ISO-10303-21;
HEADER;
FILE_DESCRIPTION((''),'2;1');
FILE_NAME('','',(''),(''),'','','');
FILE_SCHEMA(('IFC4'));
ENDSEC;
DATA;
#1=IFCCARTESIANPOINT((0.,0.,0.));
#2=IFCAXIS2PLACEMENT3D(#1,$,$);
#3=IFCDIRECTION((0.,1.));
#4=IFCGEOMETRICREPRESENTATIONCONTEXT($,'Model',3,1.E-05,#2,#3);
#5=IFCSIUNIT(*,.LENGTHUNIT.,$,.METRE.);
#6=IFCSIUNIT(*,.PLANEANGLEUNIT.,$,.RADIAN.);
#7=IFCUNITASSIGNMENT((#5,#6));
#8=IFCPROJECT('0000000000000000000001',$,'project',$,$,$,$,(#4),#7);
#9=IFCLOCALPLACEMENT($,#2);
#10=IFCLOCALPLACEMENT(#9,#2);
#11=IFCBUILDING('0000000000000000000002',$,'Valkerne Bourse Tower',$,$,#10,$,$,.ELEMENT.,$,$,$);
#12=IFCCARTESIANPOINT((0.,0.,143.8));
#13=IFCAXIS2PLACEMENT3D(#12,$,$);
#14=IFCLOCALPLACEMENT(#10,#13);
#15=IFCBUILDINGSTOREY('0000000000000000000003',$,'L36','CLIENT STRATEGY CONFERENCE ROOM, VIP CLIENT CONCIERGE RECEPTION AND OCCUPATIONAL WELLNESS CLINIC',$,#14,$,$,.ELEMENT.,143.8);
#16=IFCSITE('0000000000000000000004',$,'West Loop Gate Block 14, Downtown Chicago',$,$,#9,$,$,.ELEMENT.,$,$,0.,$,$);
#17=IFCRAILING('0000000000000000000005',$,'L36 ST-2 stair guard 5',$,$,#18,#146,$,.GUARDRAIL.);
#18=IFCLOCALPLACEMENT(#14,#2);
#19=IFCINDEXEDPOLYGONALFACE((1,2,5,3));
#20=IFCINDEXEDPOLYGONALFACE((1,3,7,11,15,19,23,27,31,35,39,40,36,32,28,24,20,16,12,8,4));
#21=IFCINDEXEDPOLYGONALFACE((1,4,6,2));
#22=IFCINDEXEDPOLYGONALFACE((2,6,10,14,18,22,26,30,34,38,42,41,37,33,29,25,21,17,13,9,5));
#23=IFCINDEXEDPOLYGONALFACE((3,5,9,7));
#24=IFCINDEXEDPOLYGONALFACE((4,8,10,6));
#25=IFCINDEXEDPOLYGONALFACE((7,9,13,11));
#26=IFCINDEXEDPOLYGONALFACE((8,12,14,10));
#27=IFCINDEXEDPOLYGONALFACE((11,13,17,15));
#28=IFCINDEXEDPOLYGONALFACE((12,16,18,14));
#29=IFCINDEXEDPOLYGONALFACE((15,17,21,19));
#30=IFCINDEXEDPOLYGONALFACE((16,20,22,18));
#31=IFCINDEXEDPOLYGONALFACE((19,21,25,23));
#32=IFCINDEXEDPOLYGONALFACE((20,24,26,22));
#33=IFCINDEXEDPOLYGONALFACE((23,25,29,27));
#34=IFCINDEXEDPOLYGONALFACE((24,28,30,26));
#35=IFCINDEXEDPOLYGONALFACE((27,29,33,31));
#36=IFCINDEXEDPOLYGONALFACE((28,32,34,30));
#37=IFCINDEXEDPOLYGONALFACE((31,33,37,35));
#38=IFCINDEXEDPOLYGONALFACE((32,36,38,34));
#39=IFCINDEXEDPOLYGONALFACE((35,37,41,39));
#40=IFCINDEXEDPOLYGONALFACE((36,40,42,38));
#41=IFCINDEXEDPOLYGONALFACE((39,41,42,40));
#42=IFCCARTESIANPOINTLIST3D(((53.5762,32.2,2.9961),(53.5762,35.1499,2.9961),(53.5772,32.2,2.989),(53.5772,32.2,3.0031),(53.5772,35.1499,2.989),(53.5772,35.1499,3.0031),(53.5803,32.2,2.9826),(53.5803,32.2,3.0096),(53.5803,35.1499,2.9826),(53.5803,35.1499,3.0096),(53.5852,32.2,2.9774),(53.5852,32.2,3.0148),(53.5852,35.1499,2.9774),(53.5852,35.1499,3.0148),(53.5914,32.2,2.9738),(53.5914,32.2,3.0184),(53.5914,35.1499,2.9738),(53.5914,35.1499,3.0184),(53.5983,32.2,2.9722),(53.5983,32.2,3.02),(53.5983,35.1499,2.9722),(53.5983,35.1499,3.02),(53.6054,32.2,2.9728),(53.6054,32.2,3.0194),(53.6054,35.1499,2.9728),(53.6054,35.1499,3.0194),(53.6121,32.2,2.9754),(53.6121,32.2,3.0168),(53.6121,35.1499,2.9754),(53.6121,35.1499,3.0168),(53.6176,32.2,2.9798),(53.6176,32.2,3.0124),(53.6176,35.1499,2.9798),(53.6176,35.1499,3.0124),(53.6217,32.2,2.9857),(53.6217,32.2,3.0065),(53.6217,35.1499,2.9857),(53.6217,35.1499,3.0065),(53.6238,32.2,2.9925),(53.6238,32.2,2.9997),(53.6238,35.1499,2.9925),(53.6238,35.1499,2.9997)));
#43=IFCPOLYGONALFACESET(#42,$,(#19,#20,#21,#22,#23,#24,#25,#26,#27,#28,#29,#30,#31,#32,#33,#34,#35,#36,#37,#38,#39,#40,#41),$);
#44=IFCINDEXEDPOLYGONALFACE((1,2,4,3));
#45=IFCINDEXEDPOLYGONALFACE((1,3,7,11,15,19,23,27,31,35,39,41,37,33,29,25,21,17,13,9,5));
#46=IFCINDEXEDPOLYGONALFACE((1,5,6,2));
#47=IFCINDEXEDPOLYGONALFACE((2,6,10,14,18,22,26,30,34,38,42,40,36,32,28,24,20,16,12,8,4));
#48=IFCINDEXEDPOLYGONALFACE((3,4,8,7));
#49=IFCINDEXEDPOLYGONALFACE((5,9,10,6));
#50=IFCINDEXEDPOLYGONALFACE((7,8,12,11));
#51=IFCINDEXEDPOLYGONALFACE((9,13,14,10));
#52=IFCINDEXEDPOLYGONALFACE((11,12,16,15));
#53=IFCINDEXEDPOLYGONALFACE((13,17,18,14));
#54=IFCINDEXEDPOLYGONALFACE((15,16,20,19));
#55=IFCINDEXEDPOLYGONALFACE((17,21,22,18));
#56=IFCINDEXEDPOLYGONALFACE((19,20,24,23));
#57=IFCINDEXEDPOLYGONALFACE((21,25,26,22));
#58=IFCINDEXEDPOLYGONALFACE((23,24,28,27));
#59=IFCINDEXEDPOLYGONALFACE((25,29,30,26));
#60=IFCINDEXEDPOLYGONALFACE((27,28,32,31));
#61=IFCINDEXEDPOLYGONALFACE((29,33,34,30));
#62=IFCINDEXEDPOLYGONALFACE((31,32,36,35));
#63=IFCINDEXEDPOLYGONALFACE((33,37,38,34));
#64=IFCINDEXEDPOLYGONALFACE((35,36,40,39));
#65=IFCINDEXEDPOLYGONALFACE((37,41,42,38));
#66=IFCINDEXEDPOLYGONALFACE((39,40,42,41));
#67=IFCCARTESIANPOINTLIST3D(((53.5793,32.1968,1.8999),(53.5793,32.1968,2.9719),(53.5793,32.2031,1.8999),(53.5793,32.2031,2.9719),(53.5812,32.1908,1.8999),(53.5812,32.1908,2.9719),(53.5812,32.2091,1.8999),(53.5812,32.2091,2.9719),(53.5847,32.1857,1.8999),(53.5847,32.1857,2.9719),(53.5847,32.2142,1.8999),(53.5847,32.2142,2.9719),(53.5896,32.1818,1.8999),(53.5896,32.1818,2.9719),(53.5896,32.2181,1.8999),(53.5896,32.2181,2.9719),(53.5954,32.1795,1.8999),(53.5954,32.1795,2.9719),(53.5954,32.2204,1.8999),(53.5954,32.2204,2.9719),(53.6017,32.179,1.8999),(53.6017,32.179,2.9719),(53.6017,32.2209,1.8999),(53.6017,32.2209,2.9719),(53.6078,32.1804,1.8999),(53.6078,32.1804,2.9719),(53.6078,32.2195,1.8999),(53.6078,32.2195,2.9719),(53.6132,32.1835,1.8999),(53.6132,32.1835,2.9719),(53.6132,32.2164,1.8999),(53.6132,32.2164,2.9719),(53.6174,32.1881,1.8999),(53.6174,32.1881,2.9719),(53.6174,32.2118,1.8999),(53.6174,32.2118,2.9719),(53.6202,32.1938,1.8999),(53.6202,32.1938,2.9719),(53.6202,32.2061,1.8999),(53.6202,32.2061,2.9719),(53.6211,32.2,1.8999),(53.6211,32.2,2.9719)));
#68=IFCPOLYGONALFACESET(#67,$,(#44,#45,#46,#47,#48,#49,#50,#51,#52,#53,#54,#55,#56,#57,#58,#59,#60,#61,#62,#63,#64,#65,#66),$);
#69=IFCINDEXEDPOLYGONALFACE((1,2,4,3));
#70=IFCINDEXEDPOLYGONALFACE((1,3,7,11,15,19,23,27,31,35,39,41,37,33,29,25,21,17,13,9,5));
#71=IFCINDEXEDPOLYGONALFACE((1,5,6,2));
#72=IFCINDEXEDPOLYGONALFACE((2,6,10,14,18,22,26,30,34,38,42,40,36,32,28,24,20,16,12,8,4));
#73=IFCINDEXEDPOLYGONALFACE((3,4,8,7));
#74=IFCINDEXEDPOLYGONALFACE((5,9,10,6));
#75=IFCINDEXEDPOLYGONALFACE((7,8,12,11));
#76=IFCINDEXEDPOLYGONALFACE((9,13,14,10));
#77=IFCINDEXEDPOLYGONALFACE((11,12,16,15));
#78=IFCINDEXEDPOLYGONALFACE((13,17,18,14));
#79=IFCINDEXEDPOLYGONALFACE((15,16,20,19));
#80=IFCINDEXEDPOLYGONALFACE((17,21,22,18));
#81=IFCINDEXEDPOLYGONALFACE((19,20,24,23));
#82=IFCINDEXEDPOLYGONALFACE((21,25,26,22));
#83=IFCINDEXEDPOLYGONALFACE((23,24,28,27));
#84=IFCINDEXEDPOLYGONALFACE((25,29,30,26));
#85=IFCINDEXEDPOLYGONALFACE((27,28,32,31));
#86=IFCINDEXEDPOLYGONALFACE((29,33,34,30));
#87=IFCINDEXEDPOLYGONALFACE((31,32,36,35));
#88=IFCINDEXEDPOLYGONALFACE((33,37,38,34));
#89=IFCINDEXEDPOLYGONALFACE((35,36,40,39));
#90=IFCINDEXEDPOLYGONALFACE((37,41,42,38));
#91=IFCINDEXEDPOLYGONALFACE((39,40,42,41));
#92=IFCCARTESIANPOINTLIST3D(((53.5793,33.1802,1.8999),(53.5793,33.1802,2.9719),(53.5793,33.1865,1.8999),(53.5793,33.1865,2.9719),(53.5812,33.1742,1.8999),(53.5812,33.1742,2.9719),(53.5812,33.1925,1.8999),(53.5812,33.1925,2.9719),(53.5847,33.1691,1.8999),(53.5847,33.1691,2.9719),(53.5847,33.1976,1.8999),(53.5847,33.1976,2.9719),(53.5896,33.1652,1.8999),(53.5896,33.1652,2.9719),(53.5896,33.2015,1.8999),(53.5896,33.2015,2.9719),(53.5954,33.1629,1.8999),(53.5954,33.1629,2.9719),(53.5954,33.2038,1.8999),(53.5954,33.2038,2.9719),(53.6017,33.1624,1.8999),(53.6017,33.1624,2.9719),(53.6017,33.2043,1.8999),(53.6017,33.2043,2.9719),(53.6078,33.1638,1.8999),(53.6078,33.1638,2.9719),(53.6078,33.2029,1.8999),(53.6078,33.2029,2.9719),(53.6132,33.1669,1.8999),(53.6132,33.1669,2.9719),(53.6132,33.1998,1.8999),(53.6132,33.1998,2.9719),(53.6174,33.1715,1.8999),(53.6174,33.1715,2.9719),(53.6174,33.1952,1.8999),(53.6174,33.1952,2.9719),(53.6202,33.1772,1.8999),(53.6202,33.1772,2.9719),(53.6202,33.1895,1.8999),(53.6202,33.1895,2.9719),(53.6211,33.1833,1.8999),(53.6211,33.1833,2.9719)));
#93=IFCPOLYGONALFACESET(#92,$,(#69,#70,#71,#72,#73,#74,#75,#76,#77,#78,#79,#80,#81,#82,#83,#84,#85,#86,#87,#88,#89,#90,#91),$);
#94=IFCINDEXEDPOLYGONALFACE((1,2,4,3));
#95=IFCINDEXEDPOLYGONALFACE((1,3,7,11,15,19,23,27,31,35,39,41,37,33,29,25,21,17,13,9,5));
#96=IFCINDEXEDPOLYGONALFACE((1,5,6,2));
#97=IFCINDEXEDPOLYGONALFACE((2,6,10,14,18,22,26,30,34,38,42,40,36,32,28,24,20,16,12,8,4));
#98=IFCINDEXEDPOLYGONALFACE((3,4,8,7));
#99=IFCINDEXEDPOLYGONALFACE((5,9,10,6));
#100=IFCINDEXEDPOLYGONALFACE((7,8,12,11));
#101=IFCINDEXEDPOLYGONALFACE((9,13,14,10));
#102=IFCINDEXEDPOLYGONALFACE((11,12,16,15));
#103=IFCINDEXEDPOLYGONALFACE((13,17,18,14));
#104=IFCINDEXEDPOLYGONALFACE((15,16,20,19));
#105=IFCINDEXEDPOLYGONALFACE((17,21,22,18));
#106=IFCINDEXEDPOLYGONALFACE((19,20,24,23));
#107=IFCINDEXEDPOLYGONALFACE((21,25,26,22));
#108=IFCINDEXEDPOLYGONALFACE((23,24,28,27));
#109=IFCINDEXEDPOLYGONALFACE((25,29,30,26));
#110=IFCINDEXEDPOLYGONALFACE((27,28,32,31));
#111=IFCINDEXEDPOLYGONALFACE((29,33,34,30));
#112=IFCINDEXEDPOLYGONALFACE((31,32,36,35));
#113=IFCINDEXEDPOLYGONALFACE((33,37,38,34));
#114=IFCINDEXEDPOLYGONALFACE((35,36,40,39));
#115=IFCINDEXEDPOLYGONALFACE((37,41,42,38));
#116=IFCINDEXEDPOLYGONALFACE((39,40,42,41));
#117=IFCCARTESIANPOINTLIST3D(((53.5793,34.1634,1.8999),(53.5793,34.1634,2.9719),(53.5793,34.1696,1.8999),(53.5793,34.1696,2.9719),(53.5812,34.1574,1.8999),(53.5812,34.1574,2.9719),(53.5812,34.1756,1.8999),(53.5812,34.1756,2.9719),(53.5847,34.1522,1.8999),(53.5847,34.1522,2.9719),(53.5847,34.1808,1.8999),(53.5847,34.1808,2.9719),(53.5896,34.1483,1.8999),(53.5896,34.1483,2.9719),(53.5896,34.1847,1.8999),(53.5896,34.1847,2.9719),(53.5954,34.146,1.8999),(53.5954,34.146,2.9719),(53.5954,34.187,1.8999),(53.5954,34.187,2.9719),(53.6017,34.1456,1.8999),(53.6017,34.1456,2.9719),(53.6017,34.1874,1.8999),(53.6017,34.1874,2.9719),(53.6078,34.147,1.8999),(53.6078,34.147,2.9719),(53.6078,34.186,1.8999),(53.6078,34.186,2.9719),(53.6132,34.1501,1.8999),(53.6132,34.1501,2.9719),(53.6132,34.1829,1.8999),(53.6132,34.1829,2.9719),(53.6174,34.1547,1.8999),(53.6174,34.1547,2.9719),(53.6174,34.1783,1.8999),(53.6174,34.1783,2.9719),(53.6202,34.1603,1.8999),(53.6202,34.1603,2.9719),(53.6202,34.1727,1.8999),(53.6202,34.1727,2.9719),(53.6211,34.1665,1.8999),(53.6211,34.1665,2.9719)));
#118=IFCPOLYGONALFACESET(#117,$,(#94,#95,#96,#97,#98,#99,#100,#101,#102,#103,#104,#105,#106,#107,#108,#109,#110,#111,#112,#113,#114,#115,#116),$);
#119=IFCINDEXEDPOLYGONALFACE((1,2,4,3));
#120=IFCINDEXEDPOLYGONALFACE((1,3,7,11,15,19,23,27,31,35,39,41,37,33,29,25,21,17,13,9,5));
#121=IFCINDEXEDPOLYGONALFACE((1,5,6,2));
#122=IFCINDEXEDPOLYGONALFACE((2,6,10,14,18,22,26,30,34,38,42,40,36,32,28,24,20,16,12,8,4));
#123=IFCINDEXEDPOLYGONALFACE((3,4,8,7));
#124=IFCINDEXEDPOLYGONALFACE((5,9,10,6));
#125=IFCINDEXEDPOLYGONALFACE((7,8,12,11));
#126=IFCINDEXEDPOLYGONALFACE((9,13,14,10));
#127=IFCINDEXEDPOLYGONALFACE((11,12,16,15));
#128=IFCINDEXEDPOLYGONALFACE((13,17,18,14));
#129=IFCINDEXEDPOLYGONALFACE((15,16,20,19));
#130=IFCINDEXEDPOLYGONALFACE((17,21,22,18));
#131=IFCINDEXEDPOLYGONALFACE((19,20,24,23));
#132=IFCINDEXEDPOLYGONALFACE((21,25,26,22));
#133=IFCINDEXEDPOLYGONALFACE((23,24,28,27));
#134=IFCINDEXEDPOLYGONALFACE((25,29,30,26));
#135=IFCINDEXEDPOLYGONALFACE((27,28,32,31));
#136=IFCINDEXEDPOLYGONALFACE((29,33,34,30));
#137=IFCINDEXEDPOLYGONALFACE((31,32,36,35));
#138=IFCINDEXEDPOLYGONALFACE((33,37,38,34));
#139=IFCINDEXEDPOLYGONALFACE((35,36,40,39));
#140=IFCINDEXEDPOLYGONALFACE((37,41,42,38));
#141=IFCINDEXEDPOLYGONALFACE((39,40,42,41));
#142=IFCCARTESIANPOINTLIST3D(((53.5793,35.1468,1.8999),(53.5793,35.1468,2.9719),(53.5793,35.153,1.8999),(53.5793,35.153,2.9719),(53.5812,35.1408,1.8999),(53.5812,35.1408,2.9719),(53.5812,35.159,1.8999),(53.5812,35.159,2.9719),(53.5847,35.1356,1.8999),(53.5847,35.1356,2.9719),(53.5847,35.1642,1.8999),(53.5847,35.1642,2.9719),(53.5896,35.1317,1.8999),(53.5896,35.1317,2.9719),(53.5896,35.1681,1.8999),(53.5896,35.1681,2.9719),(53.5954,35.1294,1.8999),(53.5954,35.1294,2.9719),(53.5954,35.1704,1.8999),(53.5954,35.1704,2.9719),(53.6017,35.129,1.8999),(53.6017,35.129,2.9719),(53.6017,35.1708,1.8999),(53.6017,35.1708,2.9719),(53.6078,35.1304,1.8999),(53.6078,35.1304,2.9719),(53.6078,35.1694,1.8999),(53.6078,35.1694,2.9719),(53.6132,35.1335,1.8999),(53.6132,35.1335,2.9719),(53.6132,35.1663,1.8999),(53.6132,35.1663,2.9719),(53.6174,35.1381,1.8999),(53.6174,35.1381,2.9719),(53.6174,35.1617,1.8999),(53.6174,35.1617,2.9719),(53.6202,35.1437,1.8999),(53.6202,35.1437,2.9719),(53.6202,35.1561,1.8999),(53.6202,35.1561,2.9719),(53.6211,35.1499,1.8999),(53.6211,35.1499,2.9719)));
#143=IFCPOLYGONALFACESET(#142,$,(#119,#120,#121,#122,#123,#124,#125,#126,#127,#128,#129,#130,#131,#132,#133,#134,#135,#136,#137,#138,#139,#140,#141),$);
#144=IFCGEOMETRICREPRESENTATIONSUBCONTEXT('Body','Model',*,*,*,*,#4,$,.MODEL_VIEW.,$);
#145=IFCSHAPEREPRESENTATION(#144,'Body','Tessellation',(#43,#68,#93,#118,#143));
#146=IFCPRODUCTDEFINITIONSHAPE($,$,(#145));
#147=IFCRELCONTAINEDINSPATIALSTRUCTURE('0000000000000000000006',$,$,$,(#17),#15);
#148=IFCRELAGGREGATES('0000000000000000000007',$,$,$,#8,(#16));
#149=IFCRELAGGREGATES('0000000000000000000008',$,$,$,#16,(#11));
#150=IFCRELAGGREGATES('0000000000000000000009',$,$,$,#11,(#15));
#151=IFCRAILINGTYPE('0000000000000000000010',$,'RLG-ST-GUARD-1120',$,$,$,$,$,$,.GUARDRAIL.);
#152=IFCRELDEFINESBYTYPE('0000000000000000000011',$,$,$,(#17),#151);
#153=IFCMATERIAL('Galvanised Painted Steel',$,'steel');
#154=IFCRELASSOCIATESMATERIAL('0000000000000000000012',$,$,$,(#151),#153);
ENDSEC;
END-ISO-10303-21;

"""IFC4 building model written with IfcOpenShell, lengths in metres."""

from ifc_helpers import new_model, si_unit, direction, frame, origin, origin_2d, place, context, subcontext, project, spatial, circle, extrude, material, type_object, element, save


model = new_model("IFC4")

# Units and contexts
model_context = context("Model", 3, precision=1e-05, world=origin(), true_north=direction((0.0, 1.0)))
body_context = subcontext(model_context, "Body", "Model", "MODEL_VIEW")
ifc_project = project(units=[si_unit("LENGTHUNIT", "METRE"), si_unit("PLANEANGLEUNIT", "RADIAN")], contexts=[model_context])

# Site, building, storey
site_placement = place(None, origin())
site = spatial("IfcSite", under=ifc_project, at=site_placement, Name="West Loop Gate Block 14, Downtown Chicago", CompositionType="ELEMENT", RefElevation=0.0)
building_placement = place(site_placement, origin())
building = spatial("IfcBuilding", under=site, at=building_placement, Name="Valkerne Bourse Tower", CompositionType="ELEMENT")
storey_placement = place(building_placement, frame((0.0, 0.0, 143.8)))
storey = spatial("IfcBuildingStorey", under=building, at=storey_placement, Name="L36", Description="CLIENT STRATEGY CONFERENCE ROOM, VIP CLIENT CONCIERGE RECEPTION AND OCCUPATIONAL WELLNESS CLINIC", CompositionType="ELEMENT", Elevation=143.8)

# Railing
ifc_material_1 = material(Name="Galvanised Painted Steel", Category="steel")
railing_type = type_object("IfcRailingType", Name="RLG-ST-GUARD-1120", PredefinedType="GUARDRAIL", material=ifc_material_1)
railing_1_placement = place(storey_placement, frame((53.6001, 32.2, 1.8999)))
element("IfcRailing", 1, at=railing_1_placement, inside=storey, type_object=railing_type, Name="L36 ST-2 stair guard 5", PredefinedType="GUARDRAIL", context=body_context, shape_type="SweptSolid", body=[
    extrude(circle(Radius=0.0239, at=origin_2d()), frame((0.0, 0.0, 1.0962), z_axis=(0.0, 1.0, 0.0), x_axis=(-1.0, 0.0, 0.0)), (0.0, 0.0, 1.0), 2.95),
    extrude(circle(Radius=0.021, at=origin_2d()), origin(), (0.0, 0.0, 1.0), 1.072),
    extrude(circle(Radius=0.021, at=origin_2d()), frame((0.0, 0.9834, 0.0)), (0.0, 0.0, 1.0), 1.072),
    extrude(circle(Radius=0.021, at=origin_2d()), frame((0.0, 1.9666, 0.0)), (0.0, 0.0, 1.0), 1.072),
    extrude(circle(Radius=0.021, at=origin_2d()), frame((0.0, 2.95, 0.0)), (0.0, 0.0, 1.0), 1.072),
])

save(model, "model.ifc")
